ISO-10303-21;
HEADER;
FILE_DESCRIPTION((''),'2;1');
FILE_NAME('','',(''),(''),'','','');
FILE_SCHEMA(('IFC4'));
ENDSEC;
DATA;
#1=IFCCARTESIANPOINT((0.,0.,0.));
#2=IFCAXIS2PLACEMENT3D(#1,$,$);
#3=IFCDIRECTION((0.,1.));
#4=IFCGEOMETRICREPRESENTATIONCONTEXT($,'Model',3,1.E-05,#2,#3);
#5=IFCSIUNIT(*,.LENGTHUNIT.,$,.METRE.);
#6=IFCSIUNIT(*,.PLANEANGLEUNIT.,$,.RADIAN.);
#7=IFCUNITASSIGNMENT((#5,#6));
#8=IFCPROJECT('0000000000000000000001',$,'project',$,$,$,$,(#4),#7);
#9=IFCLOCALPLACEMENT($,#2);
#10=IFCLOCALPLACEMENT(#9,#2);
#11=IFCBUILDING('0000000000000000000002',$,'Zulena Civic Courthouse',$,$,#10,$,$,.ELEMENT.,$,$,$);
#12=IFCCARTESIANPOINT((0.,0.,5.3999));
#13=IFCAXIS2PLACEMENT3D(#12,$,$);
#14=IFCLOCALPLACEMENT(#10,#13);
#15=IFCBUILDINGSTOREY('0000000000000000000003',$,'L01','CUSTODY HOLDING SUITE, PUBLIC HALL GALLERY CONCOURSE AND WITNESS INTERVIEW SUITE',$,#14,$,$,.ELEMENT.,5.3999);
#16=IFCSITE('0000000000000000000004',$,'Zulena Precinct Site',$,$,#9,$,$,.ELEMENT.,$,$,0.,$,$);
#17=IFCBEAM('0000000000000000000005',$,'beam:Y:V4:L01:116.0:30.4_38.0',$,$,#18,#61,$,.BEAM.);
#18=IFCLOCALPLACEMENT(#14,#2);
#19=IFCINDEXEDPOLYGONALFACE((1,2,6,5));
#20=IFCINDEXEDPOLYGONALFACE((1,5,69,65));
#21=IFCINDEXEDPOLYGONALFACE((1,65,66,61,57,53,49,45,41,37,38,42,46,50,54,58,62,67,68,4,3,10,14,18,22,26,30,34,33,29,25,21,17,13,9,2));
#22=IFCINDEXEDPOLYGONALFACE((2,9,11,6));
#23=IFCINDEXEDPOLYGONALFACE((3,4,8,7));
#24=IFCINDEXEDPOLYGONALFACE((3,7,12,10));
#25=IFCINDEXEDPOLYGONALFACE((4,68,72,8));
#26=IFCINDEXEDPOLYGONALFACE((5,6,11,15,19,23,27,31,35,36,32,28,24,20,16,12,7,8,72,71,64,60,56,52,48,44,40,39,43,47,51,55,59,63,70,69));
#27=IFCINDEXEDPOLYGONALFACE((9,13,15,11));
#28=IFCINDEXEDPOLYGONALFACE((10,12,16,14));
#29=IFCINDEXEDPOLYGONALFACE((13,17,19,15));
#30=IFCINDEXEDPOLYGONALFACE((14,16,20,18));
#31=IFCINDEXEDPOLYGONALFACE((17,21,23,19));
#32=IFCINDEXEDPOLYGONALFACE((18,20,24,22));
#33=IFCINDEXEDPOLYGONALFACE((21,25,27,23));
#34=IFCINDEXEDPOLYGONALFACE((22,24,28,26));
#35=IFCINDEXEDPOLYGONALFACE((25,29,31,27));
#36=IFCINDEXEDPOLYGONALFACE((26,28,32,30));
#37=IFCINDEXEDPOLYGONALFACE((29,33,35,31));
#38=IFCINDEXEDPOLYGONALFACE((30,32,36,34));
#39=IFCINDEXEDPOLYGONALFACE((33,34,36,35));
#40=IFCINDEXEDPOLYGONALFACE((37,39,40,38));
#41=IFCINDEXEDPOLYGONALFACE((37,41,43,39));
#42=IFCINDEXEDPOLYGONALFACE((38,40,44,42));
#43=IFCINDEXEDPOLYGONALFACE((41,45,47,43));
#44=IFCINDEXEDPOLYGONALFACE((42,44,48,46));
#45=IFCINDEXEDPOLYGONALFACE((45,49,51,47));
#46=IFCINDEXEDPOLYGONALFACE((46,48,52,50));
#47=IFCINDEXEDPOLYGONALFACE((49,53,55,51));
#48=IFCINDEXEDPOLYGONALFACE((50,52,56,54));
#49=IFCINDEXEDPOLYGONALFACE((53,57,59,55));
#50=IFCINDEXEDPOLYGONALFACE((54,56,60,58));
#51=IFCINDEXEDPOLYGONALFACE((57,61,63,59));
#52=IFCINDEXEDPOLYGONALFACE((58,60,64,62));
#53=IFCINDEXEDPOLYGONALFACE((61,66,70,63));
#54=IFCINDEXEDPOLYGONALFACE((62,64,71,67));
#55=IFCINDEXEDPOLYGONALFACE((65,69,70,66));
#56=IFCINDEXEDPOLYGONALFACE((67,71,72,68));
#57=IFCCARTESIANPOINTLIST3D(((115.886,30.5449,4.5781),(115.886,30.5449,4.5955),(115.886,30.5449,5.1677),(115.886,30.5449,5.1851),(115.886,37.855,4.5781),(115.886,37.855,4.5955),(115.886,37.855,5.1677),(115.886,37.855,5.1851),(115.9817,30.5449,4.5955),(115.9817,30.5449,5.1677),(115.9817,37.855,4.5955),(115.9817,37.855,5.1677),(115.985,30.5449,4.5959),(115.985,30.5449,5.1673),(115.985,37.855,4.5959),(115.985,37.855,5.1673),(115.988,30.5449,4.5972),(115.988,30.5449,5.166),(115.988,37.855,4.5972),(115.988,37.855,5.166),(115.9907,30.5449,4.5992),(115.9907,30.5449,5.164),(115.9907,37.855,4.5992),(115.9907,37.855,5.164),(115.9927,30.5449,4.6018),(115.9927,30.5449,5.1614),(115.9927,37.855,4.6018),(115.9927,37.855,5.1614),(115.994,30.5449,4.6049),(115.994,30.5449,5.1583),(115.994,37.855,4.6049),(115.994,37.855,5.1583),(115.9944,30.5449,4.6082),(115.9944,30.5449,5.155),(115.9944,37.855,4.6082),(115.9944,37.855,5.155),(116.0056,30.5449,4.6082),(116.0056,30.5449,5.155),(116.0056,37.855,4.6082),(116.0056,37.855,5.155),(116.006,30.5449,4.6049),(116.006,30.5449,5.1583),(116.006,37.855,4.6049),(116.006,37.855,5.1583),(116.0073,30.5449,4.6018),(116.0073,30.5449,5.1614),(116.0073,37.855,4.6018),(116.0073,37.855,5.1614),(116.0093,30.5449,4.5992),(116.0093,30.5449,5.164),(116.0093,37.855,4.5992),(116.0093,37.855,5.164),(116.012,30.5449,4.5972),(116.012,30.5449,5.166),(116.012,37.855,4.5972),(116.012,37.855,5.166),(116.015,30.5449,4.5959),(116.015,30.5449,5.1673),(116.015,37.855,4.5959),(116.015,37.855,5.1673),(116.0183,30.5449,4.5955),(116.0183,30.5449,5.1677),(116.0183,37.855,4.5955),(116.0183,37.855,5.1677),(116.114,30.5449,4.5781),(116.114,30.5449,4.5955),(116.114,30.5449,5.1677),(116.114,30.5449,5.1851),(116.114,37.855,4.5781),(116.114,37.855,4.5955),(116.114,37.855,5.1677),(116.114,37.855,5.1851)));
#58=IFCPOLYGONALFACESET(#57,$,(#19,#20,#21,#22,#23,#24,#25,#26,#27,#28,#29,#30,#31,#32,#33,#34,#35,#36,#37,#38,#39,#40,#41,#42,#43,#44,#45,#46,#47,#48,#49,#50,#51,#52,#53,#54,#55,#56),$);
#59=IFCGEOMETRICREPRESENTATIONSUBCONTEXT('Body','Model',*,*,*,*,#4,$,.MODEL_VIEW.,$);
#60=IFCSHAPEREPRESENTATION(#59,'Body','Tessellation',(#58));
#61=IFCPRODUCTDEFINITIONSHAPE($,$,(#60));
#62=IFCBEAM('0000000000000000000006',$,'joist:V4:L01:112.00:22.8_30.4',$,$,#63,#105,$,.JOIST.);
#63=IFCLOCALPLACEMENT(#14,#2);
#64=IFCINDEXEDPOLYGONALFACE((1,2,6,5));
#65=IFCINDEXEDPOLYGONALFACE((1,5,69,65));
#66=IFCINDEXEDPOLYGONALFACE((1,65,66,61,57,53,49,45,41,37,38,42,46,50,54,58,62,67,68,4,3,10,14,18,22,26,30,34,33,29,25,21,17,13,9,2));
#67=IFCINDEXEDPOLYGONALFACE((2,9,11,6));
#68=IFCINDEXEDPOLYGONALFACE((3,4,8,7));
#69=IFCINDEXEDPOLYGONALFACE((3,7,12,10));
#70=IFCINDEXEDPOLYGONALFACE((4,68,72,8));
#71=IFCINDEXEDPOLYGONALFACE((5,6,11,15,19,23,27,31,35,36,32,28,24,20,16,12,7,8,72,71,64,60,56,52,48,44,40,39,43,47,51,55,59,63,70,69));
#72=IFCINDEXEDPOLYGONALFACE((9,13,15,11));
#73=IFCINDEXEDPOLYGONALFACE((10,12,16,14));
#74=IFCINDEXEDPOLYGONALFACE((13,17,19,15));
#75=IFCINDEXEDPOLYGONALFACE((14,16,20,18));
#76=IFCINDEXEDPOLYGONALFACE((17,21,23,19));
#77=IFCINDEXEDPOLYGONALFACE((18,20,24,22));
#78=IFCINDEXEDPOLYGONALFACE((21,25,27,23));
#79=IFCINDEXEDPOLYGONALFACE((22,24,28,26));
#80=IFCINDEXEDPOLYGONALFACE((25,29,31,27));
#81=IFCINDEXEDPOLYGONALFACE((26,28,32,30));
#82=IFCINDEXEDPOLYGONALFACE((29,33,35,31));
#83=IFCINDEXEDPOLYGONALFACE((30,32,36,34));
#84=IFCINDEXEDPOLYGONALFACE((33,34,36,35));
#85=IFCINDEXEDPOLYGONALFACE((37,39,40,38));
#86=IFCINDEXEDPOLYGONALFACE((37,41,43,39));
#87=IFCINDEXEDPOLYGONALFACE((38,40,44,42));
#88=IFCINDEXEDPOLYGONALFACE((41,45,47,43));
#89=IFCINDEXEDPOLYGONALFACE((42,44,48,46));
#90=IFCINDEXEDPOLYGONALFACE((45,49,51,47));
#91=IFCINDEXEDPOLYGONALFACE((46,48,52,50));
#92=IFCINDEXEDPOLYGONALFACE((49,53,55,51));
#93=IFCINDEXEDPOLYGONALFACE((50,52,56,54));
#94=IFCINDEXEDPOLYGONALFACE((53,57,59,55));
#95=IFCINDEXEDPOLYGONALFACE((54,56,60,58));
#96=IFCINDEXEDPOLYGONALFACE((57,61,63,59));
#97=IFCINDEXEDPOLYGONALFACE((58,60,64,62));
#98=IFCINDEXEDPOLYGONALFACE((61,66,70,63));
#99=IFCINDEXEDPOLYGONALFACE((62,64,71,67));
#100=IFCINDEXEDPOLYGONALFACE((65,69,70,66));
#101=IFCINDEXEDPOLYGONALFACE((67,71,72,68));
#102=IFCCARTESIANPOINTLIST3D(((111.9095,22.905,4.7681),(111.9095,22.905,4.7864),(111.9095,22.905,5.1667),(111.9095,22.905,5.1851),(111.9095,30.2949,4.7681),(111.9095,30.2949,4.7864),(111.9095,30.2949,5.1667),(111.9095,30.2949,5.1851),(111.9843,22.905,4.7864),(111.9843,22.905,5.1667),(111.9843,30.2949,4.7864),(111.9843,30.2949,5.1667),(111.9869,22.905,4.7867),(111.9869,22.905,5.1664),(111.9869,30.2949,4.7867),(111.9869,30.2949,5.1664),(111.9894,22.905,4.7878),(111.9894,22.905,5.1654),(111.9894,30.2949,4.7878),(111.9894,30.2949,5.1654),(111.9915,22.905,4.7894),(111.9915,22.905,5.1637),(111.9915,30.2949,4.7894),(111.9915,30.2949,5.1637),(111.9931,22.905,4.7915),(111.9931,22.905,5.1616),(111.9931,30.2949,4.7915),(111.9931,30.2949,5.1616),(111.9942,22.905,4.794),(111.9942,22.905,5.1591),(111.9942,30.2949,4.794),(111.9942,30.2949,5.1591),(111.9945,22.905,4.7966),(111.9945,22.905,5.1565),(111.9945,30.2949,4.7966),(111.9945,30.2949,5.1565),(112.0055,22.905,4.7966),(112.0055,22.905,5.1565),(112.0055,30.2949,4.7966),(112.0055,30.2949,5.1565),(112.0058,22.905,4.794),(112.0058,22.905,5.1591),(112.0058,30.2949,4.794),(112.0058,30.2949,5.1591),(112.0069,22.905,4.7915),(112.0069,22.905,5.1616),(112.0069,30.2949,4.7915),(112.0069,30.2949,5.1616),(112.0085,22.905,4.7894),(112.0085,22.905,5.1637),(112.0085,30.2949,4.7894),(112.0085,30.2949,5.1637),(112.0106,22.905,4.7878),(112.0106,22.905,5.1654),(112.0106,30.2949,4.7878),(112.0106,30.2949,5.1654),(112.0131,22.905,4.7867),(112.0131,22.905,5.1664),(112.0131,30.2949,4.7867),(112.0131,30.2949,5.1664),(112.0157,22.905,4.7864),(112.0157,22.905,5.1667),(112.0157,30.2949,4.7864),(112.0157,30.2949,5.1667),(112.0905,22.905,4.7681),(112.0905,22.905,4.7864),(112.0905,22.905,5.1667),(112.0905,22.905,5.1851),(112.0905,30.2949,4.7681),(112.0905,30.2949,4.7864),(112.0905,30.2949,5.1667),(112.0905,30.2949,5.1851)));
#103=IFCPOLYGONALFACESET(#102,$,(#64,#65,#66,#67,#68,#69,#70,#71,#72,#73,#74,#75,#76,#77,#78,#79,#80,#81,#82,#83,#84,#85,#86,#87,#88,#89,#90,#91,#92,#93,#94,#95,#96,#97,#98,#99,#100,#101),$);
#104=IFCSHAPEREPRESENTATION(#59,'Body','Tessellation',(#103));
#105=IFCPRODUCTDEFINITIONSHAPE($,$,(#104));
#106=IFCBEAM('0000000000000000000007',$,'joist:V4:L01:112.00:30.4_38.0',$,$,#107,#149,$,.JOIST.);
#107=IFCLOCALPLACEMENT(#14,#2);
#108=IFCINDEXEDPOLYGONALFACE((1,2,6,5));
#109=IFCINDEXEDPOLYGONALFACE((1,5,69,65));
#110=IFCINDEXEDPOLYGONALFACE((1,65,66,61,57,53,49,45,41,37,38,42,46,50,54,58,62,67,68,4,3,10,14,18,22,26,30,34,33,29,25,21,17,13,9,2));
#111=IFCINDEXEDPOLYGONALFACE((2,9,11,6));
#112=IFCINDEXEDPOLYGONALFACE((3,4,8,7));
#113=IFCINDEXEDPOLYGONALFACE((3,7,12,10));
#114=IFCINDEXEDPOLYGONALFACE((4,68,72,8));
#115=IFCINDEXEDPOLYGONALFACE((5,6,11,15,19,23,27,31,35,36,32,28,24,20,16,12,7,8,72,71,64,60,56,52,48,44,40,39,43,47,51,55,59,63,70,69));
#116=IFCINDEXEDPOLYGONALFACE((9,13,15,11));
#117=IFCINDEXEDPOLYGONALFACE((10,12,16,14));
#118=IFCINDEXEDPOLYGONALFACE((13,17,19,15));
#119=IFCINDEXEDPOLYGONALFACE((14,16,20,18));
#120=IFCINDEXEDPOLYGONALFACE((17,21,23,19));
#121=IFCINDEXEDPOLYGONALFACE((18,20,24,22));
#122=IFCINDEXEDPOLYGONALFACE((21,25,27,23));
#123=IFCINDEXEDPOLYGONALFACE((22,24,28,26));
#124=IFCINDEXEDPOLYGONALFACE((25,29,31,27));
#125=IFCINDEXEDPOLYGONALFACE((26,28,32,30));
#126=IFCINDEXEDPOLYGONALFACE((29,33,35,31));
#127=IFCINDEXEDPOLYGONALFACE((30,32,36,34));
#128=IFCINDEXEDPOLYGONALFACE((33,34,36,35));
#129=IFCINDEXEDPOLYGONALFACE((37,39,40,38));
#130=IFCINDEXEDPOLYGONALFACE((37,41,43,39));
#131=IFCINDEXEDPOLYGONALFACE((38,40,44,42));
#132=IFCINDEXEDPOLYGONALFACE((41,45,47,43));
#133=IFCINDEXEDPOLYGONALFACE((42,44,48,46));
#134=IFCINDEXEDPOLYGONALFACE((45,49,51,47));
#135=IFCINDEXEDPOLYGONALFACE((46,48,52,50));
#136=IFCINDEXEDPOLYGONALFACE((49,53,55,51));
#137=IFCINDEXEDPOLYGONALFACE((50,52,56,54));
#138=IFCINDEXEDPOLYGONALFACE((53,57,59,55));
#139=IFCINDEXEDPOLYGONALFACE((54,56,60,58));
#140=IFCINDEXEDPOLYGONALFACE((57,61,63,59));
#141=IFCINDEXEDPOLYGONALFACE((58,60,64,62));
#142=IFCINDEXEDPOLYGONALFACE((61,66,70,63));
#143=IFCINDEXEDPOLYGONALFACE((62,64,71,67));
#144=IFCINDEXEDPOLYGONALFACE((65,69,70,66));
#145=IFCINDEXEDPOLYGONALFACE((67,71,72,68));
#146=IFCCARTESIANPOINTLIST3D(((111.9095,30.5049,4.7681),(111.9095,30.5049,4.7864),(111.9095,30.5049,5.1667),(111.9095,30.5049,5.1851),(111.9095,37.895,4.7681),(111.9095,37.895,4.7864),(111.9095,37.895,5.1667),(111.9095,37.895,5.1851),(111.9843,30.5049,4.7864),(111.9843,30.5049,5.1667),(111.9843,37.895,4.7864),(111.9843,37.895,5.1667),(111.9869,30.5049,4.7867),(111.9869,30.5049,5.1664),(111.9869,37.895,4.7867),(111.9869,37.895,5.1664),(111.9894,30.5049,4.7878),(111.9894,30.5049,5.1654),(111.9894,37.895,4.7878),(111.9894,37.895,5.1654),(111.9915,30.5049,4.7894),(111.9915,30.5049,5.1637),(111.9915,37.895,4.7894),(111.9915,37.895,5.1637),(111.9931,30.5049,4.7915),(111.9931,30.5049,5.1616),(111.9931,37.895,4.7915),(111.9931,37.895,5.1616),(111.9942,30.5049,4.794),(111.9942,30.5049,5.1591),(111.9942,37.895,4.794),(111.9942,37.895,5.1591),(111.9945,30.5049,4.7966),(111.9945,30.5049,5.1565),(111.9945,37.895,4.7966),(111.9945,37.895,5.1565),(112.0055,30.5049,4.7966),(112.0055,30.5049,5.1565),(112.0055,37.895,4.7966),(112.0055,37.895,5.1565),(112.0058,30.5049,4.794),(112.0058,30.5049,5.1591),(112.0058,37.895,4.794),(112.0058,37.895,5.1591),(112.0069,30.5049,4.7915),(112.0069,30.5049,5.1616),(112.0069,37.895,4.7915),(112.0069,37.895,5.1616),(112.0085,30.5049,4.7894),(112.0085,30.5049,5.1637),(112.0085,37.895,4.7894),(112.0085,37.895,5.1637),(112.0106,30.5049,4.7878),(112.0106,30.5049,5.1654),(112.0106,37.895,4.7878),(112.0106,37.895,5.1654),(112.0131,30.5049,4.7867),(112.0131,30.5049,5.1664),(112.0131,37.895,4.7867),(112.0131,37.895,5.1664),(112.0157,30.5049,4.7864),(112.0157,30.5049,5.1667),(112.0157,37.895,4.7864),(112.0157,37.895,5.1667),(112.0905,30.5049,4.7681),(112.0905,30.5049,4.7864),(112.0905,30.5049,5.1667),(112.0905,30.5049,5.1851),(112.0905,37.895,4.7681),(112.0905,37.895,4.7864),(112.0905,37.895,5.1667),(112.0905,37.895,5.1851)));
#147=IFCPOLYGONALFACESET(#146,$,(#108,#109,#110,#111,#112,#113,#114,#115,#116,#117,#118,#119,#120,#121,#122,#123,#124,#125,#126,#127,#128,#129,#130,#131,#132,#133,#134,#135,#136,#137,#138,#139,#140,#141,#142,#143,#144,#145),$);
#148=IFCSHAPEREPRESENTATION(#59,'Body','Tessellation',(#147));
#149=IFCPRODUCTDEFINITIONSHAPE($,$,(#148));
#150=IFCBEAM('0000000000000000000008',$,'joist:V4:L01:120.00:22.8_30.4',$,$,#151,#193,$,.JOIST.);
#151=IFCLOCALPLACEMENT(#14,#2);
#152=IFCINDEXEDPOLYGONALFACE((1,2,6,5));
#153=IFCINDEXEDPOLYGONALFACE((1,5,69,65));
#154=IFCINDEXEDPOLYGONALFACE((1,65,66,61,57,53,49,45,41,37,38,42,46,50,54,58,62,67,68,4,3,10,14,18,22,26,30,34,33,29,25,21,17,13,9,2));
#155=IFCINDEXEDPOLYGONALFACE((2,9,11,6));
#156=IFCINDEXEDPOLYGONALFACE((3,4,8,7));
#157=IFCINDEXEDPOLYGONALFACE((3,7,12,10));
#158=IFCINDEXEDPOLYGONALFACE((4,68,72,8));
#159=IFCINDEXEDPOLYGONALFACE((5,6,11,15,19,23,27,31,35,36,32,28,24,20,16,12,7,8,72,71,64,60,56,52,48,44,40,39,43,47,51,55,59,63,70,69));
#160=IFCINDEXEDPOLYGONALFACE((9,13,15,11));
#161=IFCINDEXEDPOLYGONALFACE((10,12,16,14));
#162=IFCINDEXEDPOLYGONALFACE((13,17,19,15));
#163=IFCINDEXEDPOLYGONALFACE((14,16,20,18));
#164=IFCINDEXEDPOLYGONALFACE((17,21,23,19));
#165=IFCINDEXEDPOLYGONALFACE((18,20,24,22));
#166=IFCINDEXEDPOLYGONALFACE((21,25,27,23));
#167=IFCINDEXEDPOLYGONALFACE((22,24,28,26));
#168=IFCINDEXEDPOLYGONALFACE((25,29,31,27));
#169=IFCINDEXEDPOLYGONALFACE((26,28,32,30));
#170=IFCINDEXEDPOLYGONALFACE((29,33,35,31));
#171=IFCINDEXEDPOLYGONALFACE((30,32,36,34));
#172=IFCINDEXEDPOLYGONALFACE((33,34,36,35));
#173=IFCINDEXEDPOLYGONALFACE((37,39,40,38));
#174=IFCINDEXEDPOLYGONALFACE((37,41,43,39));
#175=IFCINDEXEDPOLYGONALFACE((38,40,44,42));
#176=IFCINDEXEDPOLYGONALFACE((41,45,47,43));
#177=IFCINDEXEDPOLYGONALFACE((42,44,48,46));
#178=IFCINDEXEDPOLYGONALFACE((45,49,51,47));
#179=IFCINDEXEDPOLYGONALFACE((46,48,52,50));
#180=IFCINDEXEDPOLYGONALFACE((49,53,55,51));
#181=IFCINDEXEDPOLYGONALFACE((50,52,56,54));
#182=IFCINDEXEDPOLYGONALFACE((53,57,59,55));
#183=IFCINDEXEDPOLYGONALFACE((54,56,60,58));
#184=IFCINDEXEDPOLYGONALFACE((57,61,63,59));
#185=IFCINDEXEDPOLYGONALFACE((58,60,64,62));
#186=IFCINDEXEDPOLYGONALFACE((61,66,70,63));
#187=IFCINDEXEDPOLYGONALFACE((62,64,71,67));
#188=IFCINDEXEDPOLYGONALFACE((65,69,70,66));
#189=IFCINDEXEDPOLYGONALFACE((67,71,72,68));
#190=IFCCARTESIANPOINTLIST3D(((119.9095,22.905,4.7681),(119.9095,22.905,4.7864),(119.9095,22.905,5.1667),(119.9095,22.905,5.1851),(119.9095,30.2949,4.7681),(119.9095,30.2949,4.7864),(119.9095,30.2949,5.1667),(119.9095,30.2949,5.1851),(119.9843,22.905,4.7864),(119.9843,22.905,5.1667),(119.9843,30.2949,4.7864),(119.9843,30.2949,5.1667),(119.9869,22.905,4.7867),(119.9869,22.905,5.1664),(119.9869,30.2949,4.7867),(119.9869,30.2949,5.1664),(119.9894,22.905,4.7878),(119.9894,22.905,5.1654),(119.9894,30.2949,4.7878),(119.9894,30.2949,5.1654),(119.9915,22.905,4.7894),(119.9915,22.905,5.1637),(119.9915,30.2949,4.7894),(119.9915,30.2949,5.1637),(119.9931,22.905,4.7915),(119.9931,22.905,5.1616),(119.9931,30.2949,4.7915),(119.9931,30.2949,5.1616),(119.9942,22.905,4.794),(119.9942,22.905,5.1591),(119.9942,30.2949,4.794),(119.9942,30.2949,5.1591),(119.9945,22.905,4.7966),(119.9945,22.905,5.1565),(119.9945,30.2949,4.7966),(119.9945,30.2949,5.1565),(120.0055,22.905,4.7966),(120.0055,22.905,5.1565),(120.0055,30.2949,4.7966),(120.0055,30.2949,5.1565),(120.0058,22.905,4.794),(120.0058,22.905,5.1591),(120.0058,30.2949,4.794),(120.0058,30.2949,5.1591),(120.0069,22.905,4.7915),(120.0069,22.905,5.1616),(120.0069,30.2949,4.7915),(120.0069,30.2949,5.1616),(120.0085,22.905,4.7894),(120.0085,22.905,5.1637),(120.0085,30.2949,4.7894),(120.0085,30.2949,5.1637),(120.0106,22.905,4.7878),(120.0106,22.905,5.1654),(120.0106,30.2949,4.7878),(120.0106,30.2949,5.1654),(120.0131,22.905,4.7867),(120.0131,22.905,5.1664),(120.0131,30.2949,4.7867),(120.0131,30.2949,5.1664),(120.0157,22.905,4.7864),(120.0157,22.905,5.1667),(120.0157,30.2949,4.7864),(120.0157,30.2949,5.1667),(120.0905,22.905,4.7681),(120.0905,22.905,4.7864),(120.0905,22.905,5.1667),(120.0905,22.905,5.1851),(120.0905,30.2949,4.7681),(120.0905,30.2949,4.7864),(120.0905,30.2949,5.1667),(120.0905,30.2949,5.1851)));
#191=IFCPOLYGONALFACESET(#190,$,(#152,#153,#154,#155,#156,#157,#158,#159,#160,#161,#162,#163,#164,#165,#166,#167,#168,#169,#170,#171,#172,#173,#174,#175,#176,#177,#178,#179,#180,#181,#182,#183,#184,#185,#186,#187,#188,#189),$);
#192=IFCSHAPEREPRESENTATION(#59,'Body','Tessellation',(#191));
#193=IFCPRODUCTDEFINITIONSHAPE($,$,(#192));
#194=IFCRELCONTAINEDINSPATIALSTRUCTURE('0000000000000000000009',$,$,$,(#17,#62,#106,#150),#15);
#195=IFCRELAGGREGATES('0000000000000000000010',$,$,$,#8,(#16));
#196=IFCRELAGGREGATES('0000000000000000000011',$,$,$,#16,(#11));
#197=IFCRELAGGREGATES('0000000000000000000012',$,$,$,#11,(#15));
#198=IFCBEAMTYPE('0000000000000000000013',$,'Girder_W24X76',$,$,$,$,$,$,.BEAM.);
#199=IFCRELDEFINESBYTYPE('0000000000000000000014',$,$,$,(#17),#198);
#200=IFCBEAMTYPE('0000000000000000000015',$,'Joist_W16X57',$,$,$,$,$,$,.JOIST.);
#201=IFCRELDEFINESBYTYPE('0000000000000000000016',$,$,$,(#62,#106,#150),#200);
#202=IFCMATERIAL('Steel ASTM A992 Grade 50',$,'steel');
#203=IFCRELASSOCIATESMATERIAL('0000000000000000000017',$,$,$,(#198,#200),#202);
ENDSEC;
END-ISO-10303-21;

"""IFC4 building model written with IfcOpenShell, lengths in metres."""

from ifc_helpers import new_model, si_unit, direction, frame, origin, origin_2d, place, context, subcontext, project, spatial, i_section, extrude, material, material_profile, profile_set, type_object, element, save


model = new_model("IFC4")

# Units and contexts
model_context = context("Model", 3, precision=1e-05, world=origin(), true_north=direction((0.0, 1.0)))
body_context = subcontext(model_context, "Body", "Model", "MODEL_VIEW")
ifc_project = project(units=[si_unit("LENGTHUNIT", "METRE"), si_unit("PLANEANGLEUNIT", "RADIAN")], contexts=[model_context])

# Site, building, storey
site_placement = place(None, origin())
site = spatial("IfcSite", under=ifc_project, at=site_placement, Name="Zulena Precinct Site", CompositionType="ELEMENT", RefElevation=0.0)
building_placement = place(site_placement, origin())
building = spatial("IfcBuilding", under=site, at=building_placement, Name="Zulena Civic Courthouse", CompositionType="ELEMENT")
storey_placement = place(building_placement, frame((0.0, 0.0, 5.3999)))
storey = spatial("IfcBuildingStorey", under=building, at=storey_placement, Name="L01", Description="CUSTODY HOLDING SUITE, PUBLIC HALL GALLERY CONCOURSE AND WITNESS INTERVIEW SUITE", CompositionType="ELEMENT", Elevation=5.3999)

# Shared definitions
ifc_material_1 = material(Name="Steel ASTM A992 Grade 50", Category="steel")

# Beams
ifc_material_profile_1 = material_profile(ifc_material_1, i_section(OverallWidth=0.228, OverallDepth=0.6069, WebThickness=0.0112, FlangeThickness=0.0173, FilletRadius=0.0127, at=origin_2d()), Name="W24X76")
ifc_profile_set_1 = profile_set([ifc_material_profile_1], Name="Steel ASTM A992 Grade 50")
beam_type_1 = type_object("IfcBeamType", Name="Girder_W24X76", PredefinedType="BEAM", material=ifc_profile_set_1)
beam_1_placement = place(storey_placement, frame((116.0, 30.5449, 4.8816), z_axis=(0.0, 1.0, 0.0), x_axis=(-1.0, 0.0, 0.0)))
element("IfcBeam", 1, at=beam_1_placement, inside=storey, type_object=beam_type_1, Name="beam:Y:V4:L01:116.0:30.4_38.0", PredefinedType="BEAM", context=body_context, shape_type="SweptSolid", body=[
    extrude(i_section(OverallWidth=0.228, OverallDepth=0.6069, WebThickness=0.0112, FlangeThickness=0.0173, FilletRadius=0.0127, at=origin_2d()), origin(), (0.0, 0.0, 1.0), 7.3101),
])
ifc_material_profile_2 = material_profile(ifc_material_1, i_section(OverallWidth=0.1809, OverallDepth=0.417, WebThickness=0.011, FlangeThickness=0.0183, FilletRadius=0.0103, at=origin_2d()), Name="W16X57")
ifc_profile_set_2 = profile_set([ifc_material_profile_2], Name="Steel ASTM A992 Grade 50")
beam_type_2 = type_object("IfcBeamType", Name="Joist_W16X57", PredefinedType="JOIST", material=ifc_profile_set_2)
beam_2_placement = place(storey_placement, frame((112.0, 22.905, 4.9766), z_axis=(0.0, 1.0, 0.0), x_axis=(-1.0, 0.0, 0.0)))
element("IfcBeam", 2, at=beam_2_placement, inside=storey, type_object=beam_type_2, Name="joist:V4:L01:112.00:22.8_30.4", PredefinedType="JOIST", context=body_context, shape_type="SweptSolid", body=[
    extrude(i_section(OverallWidth=0.1809, OverallDepth=0.417, WebThickness=0.011, FlangeThickness=0.0183, FilletRadius=0.0103, at=origin_2d()), origin(), (0.0, 0.0, 1.0), 7.3899),
])
beam_3_placement = place(storey_placement, frame((112.0, 30.5049, 4.9766), z_axis=(0.0, 1.0, 0.0), x_axis=(-1.0, 0.0, 0.0)))
element("IfcBeam", 3, at=beam_3_placement, inside=storey, type_object=beam_type_2, Name="joist:V4:L01:112.00:30.4_38.0", PredefinedType="JOIST", context=body_context, shape_type="SweptSolid", body=[
    extrude(i_section(OverallWidth=0.1809, OverallDepth=0.417, WebThickness=0.011, FlangeThickness=0.0183, FilletRadius=0.0103, at=origin_2d()), origin(), (0.0, 0.0, 1.0), 7.3901),
])
beam_4_placement = place(storey_placement, frame((120.0, 22.905, 4.9766), z_axis=(0.0, 1.0, 0.0), x_axis=(-1.0, 0.0, 0.0)))
element("IfcBeam", 4, at=beam_4_placement, inside=storey, type_object=beam_type_2, Name="joist:V4:L01:120.00:22.8_30.4", PredefinedType="JOIST", context=body_context, shape_type="SweptSolid", body=[
    extrude(i_section(OverallWidth=0.1809, OverallDepth=0.417, WebThickness=0.011, FlangeThickness=0.0183, FilletRadius=0.0103, at=origin_2d()), origin(), (0.0, 0.0, 1.0), 7.3899),
])

save(model, "model.ifc")
